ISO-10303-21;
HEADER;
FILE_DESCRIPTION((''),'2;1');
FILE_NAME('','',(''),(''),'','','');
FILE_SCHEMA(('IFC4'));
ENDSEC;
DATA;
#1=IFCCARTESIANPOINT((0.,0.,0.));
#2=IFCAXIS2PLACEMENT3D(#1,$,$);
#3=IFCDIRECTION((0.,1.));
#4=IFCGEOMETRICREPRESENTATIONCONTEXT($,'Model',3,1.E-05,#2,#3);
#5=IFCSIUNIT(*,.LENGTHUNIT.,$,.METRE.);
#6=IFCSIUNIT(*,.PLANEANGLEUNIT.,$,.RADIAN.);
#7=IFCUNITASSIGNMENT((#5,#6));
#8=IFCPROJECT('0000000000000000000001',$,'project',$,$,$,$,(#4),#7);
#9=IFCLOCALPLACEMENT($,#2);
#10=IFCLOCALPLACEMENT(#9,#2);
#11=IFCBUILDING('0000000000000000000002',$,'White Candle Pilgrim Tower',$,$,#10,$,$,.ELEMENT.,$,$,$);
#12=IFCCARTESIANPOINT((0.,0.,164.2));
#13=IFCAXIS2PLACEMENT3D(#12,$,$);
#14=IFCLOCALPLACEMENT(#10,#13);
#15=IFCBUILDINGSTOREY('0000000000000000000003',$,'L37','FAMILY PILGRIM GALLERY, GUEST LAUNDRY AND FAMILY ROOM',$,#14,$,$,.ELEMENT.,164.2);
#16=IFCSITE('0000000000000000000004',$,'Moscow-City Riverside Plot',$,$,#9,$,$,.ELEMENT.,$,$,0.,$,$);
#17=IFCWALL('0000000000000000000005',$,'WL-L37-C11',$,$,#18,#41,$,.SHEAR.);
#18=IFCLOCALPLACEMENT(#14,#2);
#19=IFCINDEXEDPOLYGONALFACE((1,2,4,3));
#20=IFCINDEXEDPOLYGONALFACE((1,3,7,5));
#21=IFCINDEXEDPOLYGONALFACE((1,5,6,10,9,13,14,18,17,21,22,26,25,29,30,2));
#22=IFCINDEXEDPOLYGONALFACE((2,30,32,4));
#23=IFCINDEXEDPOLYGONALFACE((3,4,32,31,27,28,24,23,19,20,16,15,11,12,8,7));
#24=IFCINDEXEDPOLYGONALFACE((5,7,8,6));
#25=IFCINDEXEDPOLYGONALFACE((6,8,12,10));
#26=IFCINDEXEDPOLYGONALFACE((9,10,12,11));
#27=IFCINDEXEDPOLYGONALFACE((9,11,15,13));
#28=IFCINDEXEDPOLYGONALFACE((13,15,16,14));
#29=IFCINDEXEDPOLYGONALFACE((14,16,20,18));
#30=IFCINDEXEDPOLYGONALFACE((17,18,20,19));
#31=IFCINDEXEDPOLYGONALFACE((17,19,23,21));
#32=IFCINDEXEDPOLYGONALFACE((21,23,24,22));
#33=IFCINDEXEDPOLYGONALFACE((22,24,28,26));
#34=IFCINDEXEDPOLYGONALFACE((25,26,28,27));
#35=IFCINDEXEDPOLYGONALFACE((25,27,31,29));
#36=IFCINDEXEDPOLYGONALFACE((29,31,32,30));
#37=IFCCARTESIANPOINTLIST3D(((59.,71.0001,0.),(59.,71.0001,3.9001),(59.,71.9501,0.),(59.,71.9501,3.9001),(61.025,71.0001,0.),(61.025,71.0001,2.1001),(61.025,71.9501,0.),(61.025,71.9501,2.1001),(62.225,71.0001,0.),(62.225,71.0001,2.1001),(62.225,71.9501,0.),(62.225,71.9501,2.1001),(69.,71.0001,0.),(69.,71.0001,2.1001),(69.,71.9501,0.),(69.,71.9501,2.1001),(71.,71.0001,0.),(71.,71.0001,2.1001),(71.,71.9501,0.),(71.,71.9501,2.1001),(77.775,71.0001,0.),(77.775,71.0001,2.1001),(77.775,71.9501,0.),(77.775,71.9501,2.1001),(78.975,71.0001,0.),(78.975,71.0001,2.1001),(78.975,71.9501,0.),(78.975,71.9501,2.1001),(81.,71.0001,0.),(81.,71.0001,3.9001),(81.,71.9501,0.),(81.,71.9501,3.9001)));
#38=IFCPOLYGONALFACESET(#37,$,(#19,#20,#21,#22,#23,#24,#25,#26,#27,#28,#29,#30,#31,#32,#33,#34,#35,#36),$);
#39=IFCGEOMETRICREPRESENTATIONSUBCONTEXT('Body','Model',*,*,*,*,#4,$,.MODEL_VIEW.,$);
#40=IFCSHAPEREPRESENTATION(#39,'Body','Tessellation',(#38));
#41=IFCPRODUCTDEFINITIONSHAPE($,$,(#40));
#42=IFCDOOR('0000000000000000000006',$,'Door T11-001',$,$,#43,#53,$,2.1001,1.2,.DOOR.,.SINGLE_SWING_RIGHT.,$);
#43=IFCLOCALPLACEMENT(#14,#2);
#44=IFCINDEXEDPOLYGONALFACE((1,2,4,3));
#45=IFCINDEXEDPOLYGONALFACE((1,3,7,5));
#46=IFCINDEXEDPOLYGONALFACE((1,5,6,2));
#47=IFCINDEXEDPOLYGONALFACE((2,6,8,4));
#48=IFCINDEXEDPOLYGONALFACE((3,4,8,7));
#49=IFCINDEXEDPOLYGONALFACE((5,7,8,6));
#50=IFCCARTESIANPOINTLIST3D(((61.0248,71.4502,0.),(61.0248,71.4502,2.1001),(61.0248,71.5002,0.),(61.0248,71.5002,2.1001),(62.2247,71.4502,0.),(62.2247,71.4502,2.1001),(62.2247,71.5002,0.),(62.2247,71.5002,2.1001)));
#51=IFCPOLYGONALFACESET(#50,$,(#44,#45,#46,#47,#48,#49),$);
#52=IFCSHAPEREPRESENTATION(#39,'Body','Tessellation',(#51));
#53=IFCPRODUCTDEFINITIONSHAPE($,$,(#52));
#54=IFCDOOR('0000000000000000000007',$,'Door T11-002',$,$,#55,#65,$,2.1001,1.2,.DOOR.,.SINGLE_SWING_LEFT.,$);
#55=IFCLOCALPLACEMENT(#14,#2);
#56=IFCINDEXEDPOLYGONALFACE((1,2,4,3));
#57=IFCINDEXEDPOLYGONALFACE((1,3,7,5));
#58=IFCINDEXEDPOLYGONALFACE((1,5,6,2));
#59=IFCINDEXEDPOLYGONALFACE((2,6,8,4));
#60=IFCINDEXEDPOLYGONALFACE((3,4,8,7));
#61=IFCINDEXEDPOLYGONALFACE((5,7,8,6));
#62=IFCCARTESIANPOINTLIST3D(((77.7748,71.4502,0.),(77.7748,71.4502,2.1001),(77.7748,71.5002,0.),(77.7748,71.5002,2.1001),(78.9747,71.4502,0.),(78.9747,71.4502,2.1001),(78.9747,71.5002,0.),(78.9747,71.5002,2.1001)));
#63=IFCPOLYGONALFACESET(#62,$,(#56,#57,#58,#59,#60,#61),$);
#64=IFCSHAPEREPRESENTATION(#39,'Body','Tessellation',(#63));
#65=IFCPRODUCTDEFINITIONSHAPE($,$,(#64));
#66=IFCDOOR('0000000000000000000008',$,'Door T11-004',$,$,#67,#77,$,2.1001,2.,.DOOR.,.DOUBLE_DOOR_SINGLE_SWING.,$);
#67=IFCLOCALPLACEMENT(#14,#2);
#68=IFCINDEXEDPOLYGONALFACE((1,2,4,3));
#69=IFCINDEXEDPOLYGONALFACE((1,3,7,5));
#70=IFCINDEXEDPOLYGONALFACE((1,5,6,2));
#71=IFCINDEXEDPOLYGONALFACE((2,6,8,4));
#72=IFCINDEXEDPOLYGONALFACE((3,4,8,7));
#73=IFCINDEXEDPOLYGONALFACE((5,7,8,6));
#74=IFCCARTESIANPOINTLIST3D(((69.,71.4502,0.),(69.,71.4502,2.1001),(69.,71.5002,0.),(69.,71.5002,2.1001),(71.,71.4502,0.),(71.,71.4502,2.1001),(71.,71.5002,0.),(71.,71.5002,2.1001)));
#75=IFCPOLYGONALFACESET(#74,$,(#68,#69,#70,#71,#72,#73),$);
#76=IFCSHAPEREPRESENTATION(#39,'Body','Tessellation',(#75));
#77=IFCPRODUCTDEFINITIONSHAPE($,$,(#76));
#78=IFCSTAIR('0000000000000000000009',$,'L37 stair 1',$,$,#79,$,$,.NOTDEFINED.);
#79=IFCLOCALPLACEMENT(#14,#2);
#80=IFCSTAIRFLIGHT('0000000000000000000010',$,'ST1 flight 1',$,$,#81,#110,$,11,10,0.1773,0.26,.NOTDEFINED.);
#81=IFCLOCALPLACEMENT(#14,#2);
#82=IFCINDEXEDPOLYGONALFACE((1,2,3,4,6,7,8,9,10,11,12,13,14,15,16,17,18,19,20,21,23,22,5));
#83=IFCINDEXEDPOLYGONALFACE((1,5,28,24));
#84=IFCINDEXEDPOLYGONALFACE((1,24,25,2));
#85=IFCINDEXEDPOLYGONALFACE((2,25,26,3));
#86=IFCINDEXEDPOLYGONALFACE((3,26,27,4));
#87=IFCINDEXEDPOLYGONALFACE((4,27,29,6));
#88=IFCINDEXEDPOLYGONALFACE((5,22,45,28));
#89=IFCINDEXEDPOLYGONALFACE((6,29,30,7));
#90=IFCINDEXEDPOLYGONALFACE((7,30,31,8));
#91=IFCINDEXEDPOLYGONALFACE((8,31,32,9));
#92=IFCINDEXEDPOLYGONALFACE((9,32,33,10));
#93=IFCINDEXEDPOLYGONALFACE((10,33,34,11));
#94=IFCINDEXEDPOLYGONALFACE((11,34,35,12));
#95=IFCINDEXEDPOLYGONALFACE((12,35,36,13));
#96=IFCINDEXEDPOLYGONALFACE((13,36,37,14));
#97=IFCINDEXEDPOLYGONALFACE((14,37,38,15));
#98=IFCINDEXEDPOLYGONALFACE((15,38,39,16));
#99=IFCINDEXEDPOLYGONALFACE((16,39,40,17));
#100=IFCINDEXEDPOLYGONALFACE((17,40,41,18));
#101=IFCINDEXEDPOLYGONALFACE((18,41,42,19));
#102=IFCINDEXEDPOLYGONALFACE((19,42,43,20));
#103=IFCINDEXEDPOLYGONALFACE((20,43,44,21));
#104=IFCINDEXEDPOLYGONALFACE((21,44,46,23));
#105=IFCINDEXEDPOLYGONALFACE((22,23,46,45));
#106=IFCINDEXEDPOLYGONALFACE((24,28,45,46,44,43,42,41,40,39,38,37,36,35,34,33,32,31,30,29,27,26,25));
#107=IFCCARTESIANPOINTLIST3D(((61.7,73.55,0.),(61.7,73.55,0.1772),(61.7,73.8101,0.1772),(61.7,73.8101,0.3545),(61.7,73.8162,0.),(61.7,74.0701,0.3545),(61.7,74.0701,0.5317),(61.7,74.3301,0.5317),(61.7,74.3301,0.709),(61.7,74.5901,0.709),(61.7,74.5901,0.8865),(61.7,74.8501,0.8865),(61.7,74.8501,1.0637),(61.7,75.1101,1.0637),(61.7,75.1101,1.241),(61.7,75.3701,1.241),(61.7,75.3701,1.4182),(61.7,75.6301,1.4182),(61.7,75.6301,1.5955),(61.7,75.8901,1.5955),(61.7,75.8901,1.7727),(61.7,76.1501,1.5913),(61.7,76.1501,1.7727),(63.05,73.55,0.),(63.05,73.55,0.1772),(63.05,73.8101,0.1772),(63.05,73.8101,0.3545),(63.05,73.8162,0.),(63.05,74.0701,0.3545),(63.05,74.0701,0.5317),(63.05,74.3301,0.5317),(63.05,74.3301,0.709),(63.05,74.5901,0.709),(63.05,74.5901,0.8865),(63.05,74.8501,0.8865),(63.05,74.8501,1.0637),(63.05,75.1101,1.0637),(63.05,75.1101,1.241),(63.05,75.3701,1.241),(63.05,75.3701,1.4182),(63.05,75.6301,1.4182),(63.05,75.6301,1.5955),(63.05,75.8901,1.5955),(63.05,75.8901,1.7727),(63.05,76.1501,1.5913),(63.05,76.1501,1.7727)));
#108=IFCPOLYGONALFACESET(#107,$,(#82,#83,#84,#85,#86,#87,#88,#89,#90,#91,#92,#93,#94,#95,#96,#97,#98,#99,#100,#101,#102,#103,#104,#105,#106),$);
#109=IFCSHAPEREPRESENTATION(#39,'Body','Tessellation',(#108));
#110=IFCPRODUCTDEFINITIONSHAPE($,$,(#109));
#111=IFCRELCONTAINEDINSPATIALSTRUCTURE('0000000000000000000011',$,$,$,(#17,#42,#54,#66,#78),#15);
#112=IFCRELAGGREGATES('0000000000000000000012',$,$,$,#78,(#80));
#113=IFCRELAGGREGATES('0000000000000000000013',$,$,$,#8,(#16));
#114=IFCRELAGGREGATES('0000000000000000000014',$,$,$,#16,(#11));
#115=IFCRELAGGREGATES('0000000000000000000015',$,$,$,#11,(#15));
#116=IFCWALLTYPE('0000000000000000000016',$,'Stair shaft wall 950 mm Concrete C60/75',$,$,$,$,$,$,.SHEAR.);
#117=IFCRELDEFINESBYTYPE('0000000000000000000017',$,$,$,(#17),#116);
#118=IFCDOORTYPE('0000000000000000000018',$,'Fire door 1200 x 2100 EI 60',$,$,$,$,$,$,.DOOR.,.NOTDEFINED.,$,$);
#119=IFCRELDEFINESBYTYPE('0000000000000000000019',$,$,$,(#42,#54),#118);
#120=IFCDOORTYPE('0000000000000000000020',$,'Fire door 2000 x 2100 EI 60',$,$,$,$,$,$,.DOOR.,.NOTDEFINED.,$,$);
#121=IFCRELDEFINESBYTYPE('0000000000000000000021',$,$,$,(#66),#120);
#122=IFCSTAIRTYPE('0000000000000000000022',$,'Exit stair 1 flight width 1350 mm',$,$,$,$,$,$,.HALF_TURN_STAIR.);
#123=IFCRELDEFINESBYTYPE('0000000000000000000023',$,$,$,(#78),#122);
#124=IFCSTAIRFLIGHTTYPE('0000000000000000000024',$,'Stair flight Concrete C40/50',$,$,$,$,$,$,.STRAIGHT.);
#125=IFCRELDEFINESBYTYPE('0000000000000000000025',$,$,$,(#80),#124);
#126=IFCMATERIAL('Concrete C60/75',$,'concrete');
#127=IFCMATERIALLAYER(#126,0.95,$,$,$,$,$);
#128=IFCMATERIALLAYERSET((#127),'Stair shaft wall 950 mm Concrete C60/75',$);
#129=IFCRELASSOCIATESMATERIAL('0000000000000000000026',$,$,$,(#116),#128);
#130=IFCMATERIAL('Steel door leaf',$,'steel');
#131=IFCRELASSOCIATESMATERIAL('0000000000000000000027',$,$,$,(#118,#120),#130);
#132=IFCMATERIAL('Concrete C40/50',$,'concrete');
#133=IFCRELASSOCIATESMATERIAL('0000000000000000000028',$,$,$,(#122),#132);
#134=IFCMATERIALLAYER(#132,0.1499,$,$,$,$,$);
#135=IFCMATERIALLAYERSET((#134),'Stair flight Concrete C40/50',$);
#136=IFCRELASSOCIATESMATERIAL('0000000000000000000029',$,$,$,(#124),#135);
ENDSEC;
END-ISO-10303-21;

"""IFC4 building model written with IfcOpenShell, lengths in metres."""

from ifc_helpers import new_model, si_unit, direction, frame, frame_2d, origin, place, context, subcontext, project, spatial, polyline, rectangle, outline, extrude, material, layer, layer_set, type_object, element, fill, aggregate, save


model = new_model("IFC4")

# Units and contexts
model_context = context("Model", 3, precision=1e-05, world=origin(), true_north=direction((0.0, 1.0)))
body_context = subcontext(model_context, "Body", "Model", "MODEL_VIEW")
ifc_project = project(units=[si_unit("LENGTHUNIT", "METRE"), si_unit("PLANEANGLEUNIT", "RADIAN")], contexts=[model_context])

# Site, building, storey
site_placement = place(None, origin())
site = spatial("IfcSite", under=ifc_project, at=site_placement, Name="Moscow-City Riverside Plot", CompositionType="ELEMENT", RefElevation=0.0)
building_placement = place(site_placement, origin())
building = spatial("IfcBuilding", under=site, at=building_placement, Name="White Candle Pilgrim Tower", CompositionType="ELEMENT")
storey_placement = place(building_placement, frame((0.0, 0.0, 164.2)))
storey = spatial("IfcBuildingStorey", under=building, at=storey_placement, Name="L37", Description="FAMILY PILGRIM GALLERY, GUEST LAUNDRY AND FAMILY ROOM", CompositionType="ELEMENT", Elevation=164.2)

# Shared definitions
ifc_material_1 = material(Name="Steel door leaf", Category="steel")

# Shared definitions
ifc_material_2 = material(Name="Concrete C60/75", Category="concrete")

# Wall, openings, doors
ifc_layer_1 = layer(ifc_material_2, 0.95)
ifc_layer_set_1 = layer_set([ifc_layer_1], Name="Stair shaft wall 950 mm Concrete C60/75")
wall_type_1 = type_object("IfcWallType", Name="Stair shaft wall 950 mm Concrete C60/75", PredefinedType="SHEAR", material=ifc_layer_set_1)
wall_1_placement = place(storey_placement, frame((59.0, 71.4751, 0.0), z_axis=(0.0, 0.0, 1.0), x_axis=(1.0, 0.0, 0.0)))
wall_1 = element("IfcWall", 1, at=wall_1_placement, inside=storey, type_object=wall_type_1, Name="WL-L37-C11", PredefinedType="SHEAR", context=body_context, shape_type="SweptSolid", body=[
    extrude(rectangle(XDim=22.0, YDim=0.95, at=frame_2d((11.0, 0.0))), origin(), (0.0, 0.0, 1.0), 3.9001),
])
opening_1_placement = place(wall_1_placement, frame((2.0249, 0.0, 0.0)))
opening_1 = element("IfcOpeningElement", 2, at=opening_1_placement, cuts=wall_1, PredefinedType="OPENING", context=body_context, shape_type="SweptSolid", body=[
    extrude(rectangle(XDim=1.2, YDim=2.1001, at=frame_2d((0.6001, 1.05))), frame((0.0, 0.4849, 0.0), z_axis=(0.0, -1.0, 0.0), x_axis=(1.0, 0.0, 0.0)), (0.0, 0.0, 1.0), 0.97),
])
opening_2_placement = place(wall_1_placement, frame((18.7749, 0.0, 0.0)))
opening_2 = element("IfcOpeningElement", 3, at=opening_2_placement, cuts=wall_1, PredefinedType="OPENING", context=body_context, shape_type="SweptSolid", body=[
    extrude(rectangle(XDim=1.2, YDim=2.1001, at=frame_2d((0.6001, 1.05))), frame((0.0, 0.4849, 0.0), z_axis=(0.0, -1.0, 0.0), x_axis=(1.0, 0.0, 0.0)), (0.0, 0.0, 1.0), 0.97),
])
opening_3_placement = place(wall_1_placement, frame((10.0, 0.0, 0.0)))
opening_3 = element("IfcOpeningElement", 4, at=opening_3_placement, cuts=wall_1, PredefinedType="OPENING", context=body_context, shape_type="SweptSolid", body=[
    extrude(rectangle(XDim=2.0, YDim=2.1001, at=frame_2d((1.0, 1.05))), frame((0.0, 0.4849, 0.0), z_axis=(0.0, -1.0, 0.0), x_axis=(1.0, 0.0, 0.0)), (0.0, 0.0, 1.0), 0.97),
])
door_type_1 = type_object("IfcDoorType", Name="Fire door 1200 x 2100 EI 60", OperationType="NOTDEFINED", PredefinedType="DOOR", material=ifc_material_1)
door_1_placement = place(opening_1_placement, frame((1.2, 0.0, 0.0), z_axis=(0.0, 0.0, 1.0), x_axis=(-1.0, 0.0, 0.0)))
door_1 = element("IfcDoor", 5, at=door_1_placement, inside=storey, type_object=door_type_1, Name="Door T11-001", OperationType="SINGLE_SWING_RIGHT", OverallHeight=2.1001, OverallWidth=1.2, PredefinedType="DOOR", context=body_context, shape_type="SweptSolid", body=[
    extrude(rectangle(XDim=1.2, YDim=2.1001, at=frame_2d((0.6001, 1.05))), frame((0.0, 0.0249, 0.0), z_axis=(0.0, -1.0, 0.0), x_axis=(1.0, 0.0, 0.0)), (0.0, 0.0, 1.0), 0.05),
])
fill(opening_1, door_1)
door_2_placement = place(opening_2_placement, frame((1.2, 0.0, 0.0), z_axis=(0.0, 0.0, 1.0), x_axis=(-1.0, 0.0, 0.0)))
door_2 = element("IfcDoor", 6, at=door_2_placement, inside=storey, type_object=door_type_1, Name="Door T11-002", OperationType="SINGLE_SWING_LEFT", OverallHeight=2.1001, OverallWidth=1.2, PredefinedType="DOOR", context=body_context, shape_type="SweptSolid", body=[
    extrude(rectangle(XDim=1.2, YDim=2.1001, at=frame_2d((0.6001, 1.05))), frame((0.0, 0.0249, 0.0), z_axis=(0.0, -1.0, 0.0), x_axis=(1.0, 0.0, 0.0)), (0.0, 0.0, 1.0), 0.05),
])
fill(opening_2, door_2)
door_type_2 = type_object("IfcDoorType", Name="Fire door 2000 x 2100 EI 60", OperationType="NOTDEFINED", PredefinedType="DOOR", material=ifc_material_1)
door_3_placement = place(opening_3_placement, frame((2.0, 0.0, 0.0), z_axis=(0.0, 0.0, 1.0), x_axis=(-1.0, 0.0, 0.0)))
door_3 = element("IfcDoor", 7, at=door_3_placement, inside=storey, type_object=door_type_2, Name="Door T11-004", OperationType="DOUBLE_DOOR_SINGLE_SWING", OverallHeight=2.1001, OverallWidth=2.0, PredefinedType="DOOR", context=body_context, shape_type="SweptSolid", body=[
    extrude(rectangle(XDim=2.0, YDim=2.1001, at=frame_2d((1.0, 1.05))), frame((0.0, 0.0249, 0.0), z_axis=(0.0, -1.0, 0.0), x_axis=(1.0, 0.0, 0.0)), (0.0, 0.0, 1.0), 0.05),
])
fill(opening_3, door_3)

# Stair, stair flight
ifc_material_3 = material(Name="Concrete C40/50", Category="concrete")
stair_type = type_object("IfcStairType", Name="Exit stair 1 flight width 1350 mm", PredefinedType="HALF_TURN_STAIR", material=ifc_material_3)
stair_placement = place(storey_placement, origin())
stair = element("IfcStair", 8, at=stair_placement, inside=storey, type_object=stair_type, Name="L37 stair 1", PredefinedType="NOTDEFINED")
ifc_layer_2 = layer(ifc_material_3, 0.1499)
ifc_layer_set_2 = layer_set([ifc_layer_2], Name="Stair flight Concrete C40/50")
stair_flight_type = type_object("IfcStairFlightType", Name="Stair flight Concrete C40/50", PredefinedType="STRAIGHT", material=ifc_layer_set_2)
stair_flight_placement = place(storey_placement, frame((62.375, 73.55, 0.0), z_axis=(0.0, 0.0, 1.0), x_axis=(0.0, 1.0, 0.0)))
stair_flight = element("IfcStairFlight", 9, at=stair_flight_placement, type_object=stair_flight_type, Name="ST1 flight 1", NumberOfRisers=11, NumberOfTreads=10, PredefinedType="NOTDEFINED", RiserHeight=0.1773, TreadLength=0.26, context=body_context, shape_type="SweptSolid", body=[
    extrude(outline(polyline([(0.0, 0.0), (0.0, 0.1772), (0.26, 0.1772), (0.26, 0.3545), (0.52, 0.3545), (0.52, 0.5317), (0.78, 0.5317), (0.78, 0.709), (1.04, 0.709), (1.04, 0.8865), (1.3, 0.8865), (1.3, 1.0637), (1.5601, 1.0637), (1.5601, 1.241), (1.8201, 1.241), (1.8201, 1.4182), (2.0801, 1.4182), (2.0801, 1.5955), (2.3401, 1.5955), (2.3401, 1.7727), (2.6001, 1.7727), (2.6001, 1.95), (2.6001, 1.5913), (0.2661, 0.0), (0.0, 0.0)])), frame((0.0, 0.675, 0.0), z_axis=(0.0, -1.0, 0.0), x_axis=(1.0, 0.0, 0.0)), (0.0, 0.0, 1.0), 1.3501),
])
aggregate(stair, [stair_flight])

save(model, "model.ifc")
